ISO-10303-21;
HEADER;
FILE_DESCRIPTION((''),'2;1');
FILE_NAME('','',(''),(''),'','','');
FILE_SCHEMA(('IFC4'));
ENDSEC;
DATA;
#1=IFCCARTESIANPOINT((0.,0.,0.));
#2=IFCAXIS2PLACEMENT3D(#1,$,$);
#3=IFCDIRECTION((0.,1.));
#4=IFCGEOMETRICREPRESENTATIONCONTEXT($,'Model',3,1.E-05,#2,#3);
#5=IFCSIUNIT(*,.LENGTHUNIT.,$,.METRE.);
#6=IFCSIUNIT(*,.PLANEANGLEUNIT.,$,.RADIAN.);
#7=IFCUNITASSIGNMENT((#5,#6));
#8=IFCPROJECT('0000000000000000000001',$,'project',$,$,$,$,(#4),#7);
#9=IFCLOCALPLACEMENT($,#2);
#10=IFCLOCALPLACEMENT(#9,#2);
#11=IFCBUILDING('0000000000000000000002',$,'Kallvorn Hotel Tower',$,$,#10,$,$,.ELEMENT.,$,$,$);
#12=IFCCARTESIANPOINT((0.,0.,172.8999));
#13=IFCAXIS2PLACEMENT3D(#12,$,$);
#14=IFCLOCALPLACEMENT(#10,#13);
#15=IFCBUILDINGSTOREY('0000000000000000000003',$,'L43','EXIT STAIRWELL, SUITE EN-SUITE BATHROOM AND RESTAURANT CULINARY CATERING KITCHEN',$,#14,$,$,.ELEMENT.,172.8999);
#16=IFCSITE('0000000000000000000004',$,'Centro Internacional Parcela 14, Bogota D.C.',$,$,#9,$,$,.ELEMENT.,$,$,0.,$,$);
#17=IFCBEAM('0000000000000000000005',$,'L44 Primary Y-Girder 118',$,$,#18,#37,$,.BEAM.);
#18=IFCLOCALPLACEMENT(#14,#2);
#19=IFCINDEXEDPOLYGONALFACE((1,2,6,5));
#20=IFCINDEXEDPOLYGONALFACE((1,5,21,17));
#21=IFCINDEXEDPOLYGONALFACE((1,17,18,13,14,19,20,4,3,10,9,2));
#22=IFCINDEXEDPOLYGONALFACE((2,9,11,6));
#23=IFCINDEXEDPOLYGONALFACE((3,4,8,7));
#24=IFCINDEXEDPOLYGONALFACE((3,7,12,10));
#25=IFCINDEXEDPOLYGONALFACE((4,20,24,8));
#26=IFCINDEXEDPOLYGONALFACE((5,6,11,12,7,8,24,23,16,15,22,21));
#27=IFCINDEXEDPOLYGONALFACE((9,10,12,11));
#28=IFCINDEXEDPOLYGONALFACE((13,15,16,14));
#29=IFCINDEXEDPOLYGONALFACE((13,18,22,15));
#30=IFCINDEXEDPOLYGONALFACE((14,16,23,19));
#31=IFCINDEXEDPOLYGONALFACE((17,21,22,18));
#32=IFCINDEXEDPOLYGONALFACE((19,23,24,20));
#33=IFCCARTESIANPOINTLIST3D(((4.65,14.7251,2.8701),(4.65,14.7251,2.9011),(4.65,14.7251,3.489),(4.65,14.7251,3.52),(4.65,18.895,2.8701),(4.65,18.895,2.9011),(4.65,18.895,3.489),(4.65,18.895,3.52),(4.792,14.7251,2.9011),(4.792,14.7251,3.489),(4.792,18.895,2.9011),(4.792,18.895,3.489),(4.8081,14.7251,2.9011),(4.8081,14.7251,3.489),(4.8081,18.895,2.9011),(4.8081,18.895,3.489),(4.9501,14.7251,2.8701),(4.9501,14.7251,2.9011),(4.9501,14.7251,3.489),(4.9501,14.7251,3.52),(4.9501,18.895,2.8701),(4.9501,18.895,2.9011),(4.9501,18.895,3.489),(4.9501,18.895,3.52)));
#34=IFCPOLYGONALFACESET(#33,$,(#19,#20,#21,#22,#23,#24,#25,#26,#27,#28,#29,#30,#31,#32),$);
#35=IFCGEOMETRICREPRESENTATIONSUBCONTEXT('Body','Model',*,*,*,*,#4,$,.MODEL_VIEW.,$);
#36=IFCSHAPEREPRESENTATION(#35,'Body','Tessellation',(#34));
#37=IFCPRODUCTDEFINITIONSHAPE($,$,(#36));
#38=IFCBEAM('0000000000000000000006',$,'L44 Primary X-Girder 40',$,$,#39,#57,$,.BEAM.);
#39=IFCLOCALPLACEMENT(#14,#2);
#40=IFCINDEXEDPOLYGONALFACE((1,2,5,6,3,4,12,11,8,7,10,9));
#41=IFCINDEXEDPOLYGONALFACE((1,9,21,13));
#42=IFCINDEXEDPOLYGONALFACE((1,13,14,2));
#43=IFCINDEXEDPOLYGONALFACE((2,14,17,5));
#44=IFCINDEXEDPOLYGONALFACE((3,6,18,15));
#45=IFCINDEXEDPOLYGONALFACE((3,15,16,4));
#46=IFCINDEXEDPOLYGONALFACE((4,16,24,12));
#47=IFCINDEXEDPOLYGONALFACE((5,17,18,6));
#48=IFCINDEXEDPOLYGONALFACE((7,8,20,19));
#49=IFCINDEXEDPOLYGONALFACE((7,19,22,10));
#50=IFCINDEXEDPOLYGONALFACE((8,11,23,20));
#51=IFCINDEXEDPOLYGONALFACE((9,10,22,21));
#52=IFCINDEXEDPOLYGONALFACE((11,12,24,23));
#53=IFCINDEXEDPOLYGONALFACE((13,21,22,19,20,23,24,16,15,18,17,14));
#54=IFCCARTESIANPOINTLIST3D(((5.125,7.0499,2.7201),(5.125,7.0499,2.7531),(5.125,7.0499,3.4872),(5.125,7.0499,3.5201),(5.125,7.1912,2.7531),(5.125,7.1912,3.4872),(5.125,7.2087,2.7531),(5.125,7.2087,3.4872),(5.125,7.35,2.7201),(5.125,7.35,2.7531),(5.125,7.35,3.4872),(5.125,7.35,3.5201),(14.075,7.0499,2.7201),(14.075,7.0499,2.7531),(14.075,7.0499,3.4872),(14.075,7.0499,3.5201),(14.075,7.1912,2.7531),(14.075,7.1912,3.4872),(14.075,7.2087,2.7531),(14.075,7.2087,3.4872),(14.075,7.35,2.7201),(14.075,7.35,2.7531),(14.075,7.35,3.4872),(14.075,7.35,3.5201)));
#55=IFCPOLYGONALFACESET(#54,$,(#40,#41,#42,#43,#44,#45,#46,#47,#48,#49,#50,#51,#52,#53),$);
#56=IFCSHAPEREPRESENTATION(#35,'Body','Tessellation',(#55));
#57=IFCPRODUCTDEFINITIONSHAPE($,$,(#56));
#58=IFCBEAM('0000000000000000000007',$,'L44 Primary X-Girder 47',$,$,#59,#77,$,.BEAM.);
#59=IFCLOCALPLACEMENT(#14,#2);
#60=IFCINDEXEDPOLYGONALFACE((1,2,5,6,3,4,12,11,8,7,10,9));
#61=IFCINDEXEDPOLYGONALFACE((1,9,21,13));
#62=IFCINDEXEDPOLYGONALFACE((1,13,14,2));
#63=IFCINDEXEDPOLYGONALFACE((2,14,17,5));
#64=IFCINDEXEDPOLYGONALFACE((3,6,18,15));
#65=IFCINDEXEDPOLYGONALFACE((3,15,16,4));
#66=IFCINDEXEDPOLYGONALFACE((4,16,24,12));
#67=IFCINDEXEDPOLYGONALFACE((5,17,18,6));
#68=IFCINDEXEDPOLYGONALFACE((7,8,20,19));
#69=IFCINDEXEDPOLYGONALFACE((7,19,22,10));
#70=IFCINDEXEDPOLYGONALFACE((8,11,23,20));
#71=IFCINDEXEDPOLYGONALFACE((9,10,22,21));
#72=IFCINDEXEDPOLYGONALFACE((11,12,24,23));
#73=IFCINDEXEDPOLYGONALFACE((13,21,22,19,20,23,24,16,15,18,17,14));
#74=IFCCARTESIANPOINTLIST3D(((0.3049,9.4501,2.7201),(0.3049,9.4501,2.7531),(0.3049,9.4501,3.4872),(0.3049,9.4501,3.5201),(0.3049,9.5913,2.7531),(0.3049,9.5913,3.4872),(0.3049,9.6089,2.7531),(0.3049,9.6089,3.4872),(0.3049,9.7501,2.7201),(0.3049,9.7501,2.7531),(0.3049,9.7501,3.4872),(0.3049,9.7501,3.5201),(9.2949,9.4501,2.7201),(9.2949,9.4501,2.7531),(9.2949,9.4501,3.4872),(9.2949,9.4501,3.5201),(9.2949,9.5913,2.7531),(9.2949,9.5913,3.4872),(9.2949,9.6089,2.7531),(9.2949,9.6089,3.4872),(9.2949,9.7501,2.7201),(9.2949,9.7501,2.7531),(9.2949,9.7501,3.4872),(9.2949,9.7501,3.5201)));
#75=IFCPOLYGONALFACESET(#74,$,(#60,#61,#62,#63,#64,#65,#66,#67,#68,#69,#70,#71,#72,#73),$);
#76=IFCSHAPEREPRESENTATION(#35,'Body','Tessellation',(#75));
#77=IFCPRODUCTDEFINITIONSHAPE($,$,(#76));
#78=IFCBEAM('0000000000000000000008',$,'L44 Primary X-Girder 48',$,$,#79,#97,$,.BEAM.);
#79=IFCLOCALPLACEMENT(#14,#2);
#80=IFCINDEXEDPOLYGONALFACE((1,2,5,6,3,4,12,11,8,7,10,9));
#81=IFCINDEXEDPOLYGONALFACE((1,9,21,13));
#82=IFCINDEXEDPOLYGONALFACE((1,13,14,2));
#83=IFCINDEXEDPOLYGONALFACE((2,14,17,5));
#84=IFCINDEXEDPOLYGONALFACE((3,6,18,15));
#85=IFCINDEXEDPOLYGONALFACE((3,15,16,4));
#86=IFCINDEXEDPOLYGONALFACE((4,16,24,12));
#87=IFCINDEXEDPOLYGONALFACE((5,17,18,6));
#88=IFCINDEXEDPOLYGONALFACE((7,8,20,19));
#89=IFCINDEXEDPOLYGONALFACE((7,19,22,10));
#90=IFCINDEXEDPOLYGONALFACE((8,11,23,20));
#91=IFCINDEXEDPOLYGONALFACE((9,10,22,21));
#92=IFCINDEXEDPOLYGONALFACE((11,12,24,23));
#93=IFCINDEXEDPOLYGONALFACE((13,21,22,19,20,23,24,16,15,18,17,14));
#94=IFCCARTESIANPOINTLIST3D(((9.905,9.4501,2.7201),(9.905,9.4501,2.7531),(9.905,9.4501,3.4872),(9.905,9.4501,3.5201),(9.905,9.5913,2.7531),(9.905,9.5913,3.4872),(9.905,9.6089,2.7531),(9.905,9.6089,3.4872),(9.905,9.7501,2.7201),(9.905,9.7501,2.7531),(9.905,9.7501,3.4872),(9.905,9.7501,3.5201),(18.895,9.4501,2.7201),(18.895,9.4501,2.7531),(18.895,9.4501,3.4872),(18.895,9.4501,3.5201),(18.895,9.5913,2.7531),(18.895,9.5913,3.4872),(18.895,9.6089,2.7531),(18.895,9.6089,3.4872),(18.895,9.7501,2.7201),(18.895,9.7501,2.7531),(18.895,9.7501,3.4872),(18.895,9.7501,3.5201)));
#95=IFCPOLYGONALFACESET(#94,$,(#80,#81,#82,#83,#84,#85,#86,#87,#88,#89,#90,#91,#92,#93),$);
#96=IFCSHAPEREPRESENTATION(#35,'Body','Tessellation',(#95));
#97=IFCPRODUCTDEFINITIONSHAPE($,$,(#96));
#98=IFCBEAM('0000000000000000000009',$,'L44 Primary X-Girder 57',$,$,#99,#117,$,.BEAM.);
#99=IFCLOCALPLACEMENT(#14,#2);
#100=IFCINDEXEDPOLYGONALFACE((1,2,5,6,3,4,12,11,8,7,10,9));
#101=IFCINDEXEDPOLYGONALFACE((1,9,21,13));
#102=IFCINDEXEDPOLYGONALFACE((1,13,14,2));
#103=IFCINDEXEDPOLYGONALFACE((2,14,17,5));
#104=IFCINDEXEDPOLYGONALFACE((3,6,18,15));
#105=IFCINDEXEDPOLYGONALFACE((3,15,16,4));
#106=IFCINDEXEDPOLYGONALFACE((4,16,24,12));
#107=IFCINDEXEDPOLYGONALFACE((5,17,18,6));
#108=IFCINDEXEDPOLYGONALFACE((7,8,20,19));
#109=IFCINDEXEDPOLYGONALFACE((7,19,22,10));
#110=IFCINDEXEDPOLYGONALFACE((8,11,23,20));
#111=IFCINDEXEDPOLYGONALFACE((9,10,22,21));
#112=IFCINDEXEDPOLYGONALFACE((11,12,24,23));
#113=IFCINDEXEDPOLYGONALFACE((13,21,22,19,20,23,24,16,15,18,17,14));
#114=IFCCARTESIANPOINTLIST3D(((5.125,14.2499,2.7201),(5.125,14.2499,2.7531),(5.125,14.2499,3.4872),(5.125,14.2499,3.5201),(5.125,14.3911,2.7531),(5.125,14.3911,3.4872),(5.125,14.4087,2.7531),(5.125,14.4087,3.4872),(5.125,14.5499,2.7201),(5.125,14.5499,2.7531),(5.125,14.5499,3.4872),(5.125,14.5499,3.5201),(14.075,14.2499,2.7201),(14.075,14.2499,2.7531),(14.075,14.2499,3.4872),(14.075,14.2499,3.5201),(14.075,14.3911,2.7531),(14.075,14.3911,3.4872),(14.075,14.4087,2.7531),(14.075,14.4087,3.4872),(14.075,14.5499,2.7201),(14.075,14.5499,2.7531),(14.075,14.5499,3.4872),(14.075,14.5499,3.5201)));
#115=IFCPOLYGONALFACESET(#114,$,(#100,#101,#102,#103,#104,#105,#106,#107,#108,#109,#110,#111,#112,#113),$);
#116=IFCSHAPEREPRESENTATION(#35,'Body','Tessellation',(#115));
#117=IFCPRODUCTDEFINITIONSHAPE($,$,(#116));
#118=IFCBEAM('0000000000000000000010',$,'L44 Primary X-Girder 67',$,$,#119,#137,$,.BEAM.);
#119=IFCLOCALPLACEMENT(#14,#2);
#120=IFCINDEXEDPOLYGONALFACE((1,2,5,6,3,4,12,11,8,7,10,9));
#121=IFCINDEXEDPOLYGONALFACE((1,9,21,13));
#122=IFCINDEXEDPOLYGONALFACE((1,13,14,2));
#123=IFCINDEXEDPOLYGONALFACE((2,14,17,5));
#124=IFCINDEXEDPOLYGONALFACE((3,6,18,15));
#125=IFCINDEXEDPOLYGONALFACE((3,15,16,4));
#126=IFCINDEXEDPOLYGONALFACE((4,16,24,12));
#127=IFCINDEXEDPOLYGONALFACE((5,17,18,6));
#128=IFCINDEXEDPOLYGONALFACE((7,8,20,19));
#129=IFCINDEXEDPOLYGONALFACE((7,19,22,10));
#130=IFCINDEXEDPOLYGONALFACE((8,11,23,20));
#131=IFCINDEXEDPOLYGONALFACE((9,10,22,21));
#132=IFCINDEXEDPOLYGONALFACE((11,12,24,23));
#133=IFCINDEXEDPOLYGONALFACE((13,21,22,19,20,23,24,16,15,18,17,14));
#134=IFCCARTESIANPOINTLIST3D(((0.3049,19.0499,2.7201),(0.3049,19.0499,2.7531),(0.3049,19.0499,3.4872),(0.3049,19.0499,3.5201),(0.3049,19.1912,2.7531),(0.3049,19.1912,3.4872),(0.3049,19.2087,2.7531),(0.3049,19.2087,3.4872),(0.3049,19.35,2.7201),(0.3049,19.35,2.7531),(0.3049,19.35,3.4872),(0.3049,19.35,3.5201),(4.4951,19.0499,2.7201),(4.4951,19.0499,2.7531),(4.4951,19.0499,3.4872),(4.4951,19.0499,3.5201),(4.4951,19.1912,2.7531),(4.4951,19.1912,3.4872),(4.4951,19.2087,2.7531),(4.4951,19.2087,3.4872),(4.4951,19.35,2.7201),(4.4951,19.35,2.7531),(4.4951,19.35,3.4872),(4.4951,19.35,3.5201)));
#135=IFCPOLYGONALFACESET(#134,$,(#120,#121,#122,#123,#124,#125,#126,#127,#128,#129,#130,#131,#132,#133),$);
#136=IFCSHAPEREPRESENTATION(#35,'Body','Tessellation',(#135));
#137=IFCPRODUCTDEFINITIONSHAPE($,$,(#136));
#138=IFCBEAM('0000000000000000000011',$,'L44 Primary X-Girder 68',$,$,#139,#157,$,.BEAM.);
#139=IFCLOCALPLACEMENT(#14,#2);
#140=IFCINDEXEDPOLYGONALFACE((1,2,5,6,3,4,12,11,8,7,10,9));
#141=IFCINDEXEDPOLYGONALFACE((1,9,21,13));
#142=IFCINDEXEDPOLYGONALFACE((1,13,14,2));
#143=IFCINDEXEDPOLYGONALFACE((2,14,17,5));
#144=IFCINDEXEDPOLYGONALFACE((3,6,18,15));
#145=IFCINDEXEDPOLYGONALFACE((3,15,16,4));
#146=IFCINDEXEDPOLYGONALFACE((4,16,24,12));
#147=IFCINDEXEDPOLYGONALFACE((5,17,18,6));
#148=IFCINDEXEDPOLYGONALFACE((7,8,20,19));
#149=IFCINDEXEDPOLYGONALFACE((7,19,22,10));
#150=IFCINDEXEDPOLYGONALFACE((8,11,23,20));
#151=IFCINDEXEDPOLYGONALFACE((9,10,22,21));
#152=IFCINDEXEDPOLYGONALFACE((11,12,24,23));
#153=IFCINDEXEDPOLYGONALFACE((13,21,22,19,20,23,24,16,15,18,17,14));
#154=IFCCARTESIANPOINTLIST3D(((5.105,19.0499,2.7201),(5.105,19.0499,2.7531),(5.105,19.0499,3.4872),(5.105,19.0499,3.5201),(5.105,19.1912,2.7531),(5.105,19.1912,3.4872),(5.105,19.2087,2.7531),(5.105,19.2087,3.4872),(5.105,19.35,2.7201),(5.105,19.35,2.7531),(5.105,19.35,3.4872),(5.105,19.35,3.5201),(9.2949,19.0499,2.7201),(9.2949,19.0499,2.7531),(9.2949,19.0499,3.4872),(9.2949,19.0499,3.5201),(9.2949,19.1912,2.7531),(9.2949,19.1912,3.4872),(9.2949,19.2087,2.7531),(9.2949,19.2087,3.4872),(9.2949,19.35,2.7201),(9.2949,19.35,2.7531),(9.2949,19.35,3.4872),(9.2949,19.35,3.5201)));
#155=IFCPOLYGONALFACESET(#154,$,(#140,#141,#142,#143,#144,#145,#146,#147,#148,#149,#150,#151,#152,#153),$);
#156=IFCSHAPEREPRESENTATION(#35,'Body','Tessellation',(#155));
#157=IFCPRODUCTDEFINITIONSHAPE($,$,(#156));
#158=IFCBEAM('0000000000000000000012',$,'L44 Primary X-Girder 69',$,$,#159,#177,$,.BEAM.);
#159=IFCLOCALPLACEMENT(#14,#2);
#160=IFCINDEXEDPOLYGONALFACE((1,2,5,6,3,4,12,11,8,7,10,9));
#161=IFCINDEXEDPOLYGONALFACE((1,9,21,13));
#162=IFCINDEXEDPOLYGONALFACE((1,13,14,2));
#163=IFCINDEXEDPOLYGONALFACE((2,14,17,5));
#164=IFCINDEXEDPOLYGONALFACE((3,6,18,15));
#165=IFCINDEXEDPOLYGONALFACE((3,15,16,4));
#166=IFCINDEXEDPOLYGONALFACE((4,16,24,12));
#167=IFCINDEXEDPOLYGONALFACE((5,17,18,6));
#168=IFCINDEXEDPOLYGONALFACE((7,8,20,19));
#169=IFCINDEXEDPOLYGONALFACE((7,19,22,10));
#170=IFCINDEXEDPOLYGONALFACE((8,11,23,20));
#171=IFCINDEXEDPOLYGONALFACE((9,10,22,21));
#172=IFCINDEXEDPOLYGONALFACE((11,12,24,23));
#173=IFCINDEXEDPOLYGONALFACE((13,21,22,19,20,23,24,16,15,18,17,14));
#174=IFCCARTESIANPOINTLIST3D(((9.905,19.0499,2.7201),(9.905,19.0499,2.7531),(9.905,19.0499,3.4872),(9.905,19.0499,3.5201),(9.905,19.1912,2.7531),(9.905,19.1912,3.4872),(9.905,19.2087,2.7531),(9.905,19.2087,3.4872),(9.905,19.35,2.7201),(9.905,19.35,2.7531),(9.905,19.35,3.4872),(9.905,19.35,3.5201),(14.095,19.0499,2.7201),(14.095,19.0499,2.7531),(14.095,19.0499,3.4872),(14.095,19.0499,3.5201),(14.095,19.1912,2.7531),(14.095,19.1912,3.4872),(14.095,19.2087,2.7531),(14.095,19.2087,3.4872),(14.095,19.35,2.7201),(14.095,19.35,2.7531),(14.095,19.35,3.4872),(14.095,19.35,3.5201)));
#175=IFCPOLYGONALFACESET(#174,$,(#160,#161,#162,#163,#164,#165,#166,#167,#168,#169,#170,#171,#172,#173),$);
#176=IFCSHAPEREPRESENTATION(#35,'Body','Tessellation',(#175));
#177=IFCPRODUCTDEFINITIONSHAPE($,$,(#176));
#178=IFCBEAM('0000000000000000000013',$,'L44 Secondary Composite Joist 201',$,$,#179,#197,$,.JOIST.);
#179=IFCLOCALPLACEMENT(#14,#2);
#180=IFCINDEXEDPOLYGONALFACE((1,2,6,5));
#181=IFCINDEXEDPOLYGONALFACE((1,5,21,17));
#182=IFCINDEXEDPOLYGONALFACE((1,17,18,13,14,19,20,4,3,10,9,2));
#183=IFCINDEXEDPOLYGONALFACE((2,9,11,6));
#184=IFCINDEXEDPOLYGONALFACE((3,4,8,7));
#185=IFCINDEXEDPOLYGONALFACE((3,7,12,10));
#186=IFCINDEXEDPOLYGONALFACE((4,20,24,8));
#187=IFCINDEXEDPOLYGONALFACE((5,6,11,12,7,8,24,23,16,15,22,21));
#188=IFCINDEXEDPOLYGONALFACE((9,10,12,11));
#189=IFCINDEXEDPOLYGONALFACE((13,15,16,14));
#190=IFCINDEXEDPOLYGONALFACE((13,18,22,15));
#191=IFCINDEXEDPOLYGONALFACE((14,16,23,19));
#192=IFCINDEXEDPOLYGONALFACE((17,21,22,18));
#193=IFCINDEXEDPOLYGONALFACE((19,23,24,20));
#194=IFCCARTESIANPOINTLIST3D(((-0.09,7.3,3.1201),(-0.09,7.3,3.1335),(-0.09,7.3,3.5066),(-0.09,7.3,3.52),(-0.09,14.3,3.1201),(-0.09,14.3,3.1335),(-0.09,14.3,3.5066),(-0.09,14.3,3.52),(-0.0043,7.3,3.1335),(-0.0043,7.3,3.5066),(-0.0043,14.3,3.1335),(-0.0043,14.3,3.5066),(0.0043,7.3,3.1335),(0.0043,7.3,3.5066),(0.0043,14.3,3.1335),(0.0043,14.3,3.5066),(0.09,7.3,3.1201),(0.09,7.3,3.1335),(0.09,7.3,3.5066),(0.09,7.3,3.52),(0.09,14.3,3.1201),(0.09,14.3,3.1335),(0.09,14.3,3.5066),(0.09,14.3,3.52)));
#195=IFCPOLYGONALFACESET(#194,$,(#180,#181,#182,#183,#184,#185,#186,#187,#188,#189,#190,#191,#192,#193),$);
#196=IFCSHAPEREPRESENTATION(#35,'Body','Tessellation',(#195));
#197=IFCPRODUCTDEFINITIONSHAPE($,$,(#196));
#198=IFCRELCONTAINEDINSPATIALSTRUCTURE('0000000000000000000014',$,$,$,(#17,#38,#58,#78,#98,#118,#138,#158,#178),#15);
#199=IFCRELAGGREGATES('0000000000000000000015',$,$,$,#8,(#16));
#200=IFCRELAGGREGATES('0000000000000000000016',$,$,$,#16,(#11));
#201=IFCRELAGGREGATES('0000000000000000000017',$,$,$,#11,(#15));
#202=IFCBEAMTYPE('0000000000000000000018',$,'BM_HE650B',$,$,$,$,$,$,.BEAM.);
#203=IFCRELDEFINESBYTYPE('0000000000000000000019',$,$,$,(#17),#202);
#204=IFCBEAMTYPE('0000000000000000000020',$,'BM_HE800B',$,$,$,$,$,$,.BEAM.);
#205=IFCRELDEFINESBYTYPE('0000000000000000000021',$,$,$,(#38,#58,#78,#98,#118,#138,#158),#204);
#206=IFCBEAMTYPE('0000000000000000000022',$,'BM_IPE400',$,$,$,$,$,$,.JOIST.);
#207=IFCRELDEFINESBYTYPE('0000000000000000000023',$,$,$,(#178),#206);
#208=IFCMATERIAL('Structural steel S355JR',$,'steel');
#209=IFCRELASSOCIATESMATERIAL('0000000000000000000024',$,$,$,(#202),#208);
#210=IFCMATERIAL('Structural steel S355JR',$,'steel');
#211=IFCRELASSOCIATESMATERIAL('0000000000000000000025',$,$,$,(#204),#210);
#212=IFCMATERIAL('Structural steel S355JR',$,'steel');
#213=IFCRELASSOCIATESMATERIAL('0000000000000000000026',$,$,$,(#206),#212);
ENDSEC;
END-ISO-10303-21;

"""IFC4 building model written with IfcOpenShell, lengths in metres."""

from ifc_helpers import new_model, si_unit, direction, frame, origin, origin_2d, place, context, subcontext, project, spatial, i_section, extrude, material, material_profile, profile_set, type_object, element, save


model = new_model("IFC4")

# Units and contexts
model_context = context("Model", 3, precision=1e-05, world=origin(), true_north=direction((0.0, 1.0)))
body_context = subcontext(model_context, "Body", "Model", "MODEL_VIEW")
ifc_project = project(units=[si_unit("LENGTHUNIT", "METRE"), si_unit("PLANEANGLEUNIT", "RADIAN")], contexts=[model_context])

# Site, building, storey
site_placement = place(None, origin())
site = spatial("IfcSite", under=ifc_project, at=site_placement, Name="Centro Internacional Parcela 14, Bogota D.C.", CompositionType="ELEMENT", RefElevation=0.0)
building_placement = place(site_placement, origin())
building = spatial("IfcBuilding", under=site, at=building_placement, Name="Kallvorn Hotel Tower", CompositionType="ELEMENT")
storey_placement = place(building_placement, frame((0.0, 0.0, 172.8999)))
storey = spatial("IfcBuildingStorey", under=building, at=storey_placement, Name="L43", Description="EXIT STAIRWELL, SUITE EN-SUITE BATHROOM AND RESTAURANT CULINARY CATERING KITCHEN", CompositionType="ELEMENT", Elevation=172.8999)

# Beams
ifc_material_1 = material(Name="Structural steel S355JR", Category="steel")
ifc_material_profile_1 = material_profile(ifc_material_1, i_section(OverallWidth=0.3, OverallDepth=0.6499, WebThickness=0.0161, FlangeThickness=0.031, at=origin_2d()), Name="HE 650 B")
ifc_profile_set_1 = profile_set([ifc_material_profile_1], Name="Structural steel S355JR")
beam_type_1 = type_object("IfcBeamType", Name="BM_HE650B", PredefinedType="BEAM", material=ifc_profile_set_1)
beam_1_placement = place(storey_placement, frame((4.8, 14.7251, 3.1951), z_axis=(0.0, 1.0, 0.0), x_axis=(-1.0, 0.0, 0.0)))
element("IfcBeam", 1, at=beam_1_placement, inside=storey, type_object=beam_type_1, Name="L44 Primary Y-Girder 118", PredefinedType="BEAM", context=body_context, shape_type="SweptSolid", body=[
    extrude(i_section(OverallWidth=0.3, OverallDepth=0.6499, WebThickness=0.0161, FlangeThickness=0.031, at=origin_2d()), origin(), (0.0, 0.0, 1.0), 4.1699),
])
ifc_material_2 = material(Name="Structural steel S355JR", Category="steel")
ifc_material_profile_2 = material_profile(ifc_material_2, i_section(OverallWidth=0.3, OverallDepth=0.8, WebThickness=0.0176, FlangeThickness=0.033, at=origin_2d()), Name="HE 800 B")
ifc_profile_set_2 = profile_set([ifc_material_profile_2], Name="Structural steel S355JR")
beam_type_2 = type_object("IfcBeamType", Name="BM_HE800B", PredefinedType="BEAM", material=ifc_profile_set_2)
beam_2_placement = place(storey_placement, frame((5.125, 7.2, 3.1201), z_axis=(1.0, 0.0, 0.0), x_axis=(0.0, 1.0, 0.0)))
element("IfcBeam", 2, at=beam_2_placement, inside=storey, type_object=beam_type_2, Name="L44 Primary X-Girder 40", PredefinedType="BEAM", context=body_context, shape_type="SweptSolid", body=[
    extrude(i_section(OverallWidth=0.3, OverallDepth=0.8, WebThickness=0.0176, FlangeThickness=0.033, at=origin_2d()), origin(), (0.0, 0.0, 1.0), 8.95),
])
for number, where, z_axis, x_axis, name in (
    (3, (0.3049, 9.6001, 3.1201), (1.0, 0.0, 0.0), (0.0, 1.0, 0.0), "L44 Primary X-Girder 47"),
    (4, (9.905, 9.6001, 3.1201), (1.0, 0.0, 0.0), (0.0, 1.0, 0.0), "L44 Primary X-Girder 48"),
):
    element("IfcBeam", number, at=place(storey_placement, frame(where, z_axis=z_axis, x_axis=x_axis)), inside=storey, type_object=beam_type_2, Name=name, PredefinedType="BEAM", context=body_context, shape_type="SweptSolid", body=[
        extrude(i_section(OverallWidth=0.3, OverallDepth=0.8, WebThickness=0.0176, FlangeThickness=0.033, at=origin_2d()), origin(), (0.0, 0.0, 1.0), 8.99),
    ])
beam_3_placement = place(storey_placement, frame((5.125, 14.3999, 3.1201), z_axis=(1.0, 0.0, 0.0), x_axis=(0.0, 1.0, 0.0)))
element("IfcBeam", 5, at=beam_3_placement, inside=storey, type_object=beam_type_2, Name="L44 Primary X-Girder 57", PredefinedType="BEAM", context=body_context, shape_type="SweptSolid", body=[
    extrude(i_section(OverallWidth=0.3, OverallDepth=0.8, WebThickness=0.0176, FlangeThickness=0.033, at=origin_2d()), origin(), (0.0, 0.0, 1.0), 8.95),
])
beam_4_placement = place(storey_placement, frame((0.3049, 19.2, 3.1201), z_axis=(1.0, 0.0, 0.0), x_axis=(0.0, 1.0, 0.0)))
element("IfcBeam", 6, at=beam_4_placement, inside=storey, type_object=beam_type_2, Name="L44 Primary X-Girder 67", PredefinedType="BEAM", context=body_context, shape_type="SweptSolid", body=[
    extrude(i_section(OverallWidth=0.3, OverallDepth=0.8, WebThickness=0.0176, FlangeThickness=0.033, at=origin_2d()), origin(), (0.0, 0.0, 1.0), 4.1902),
])
for number, where, z_axis, x_axis, name in (
    (7, (5.105, 19.2, 3.1201), (1.0, 0.0, 0.0), (0.0, 1.0, 0.0), "L44 Primary X-Girder 68"),
    (8, (9.905, 19.2, 3.1201), (1.0, 0.0, 0.0), (0.0, 1.0, 0.0), "L44 Primary X-Girder 69"),
):
    element("IfcBeam", number, at=place(storey_placement, frame(where, z_axis=z_axis, x_axis=x_axis)), inside=storey, type_object=beam_type_2, Name=name, PredefinedType="BEAM", context=body_context, shape_type="SweptSolid", body=[
        extrude(i_section(OverallWidth=0.3, OverallDepth=0.8, WebThickness=0.0176, FlangeThickness=0.033, at=origin_2d()), origin(), (0.0, 0.0, 1.0), 4.1899),
    ])
ifc_material_3 = material(Name="Structural steel S355JR", Category="steel")
ifc_material_profile_3 = material_profile(ifc_material_3, i_section(OverallWidth=0.1799, OverallDepth=0.3999, WebThickness=0.0085, FlangeThickness=0.0134, at=origin_2d()), Name="IPE 400")
ifc_profile_set_3 = profile_set([ifc_material_profile_3], Name="Structural steel S355JR")
beam_type_3 = type_object("IfcBeamType", Name="BM_IPE400", PredefinedType="JOIST", material=ifc_profile_set_3)
for number, where, z_axis, x_axis, name in (
    (9, (0.0, 7.3, 3.3201), (0.0, 1.0, 0.0), (-1.0, 0.0, 0.0), "L44 Secondary Composite Joist 201"),
):
    element("IfcBeam", number, at=place(storey_placement, frame(where, z_axis=z_axis, x_axis=x_axis)), inside=storey, type_object=beam_type_3, Name=name, PredefinedType="JOIST", context=body_context, shape_type="SweptSolid", body=[
        extrude(i_section(OverallWidth=0.1799, OverallDepth=0.3999, WebThickness=0.0085, FlangeThickness=0.0134, at=origin_2d()), origin(), (0.0, 0.0, 1.0), 7.0),
    ])

save(model, "model.ifc")
